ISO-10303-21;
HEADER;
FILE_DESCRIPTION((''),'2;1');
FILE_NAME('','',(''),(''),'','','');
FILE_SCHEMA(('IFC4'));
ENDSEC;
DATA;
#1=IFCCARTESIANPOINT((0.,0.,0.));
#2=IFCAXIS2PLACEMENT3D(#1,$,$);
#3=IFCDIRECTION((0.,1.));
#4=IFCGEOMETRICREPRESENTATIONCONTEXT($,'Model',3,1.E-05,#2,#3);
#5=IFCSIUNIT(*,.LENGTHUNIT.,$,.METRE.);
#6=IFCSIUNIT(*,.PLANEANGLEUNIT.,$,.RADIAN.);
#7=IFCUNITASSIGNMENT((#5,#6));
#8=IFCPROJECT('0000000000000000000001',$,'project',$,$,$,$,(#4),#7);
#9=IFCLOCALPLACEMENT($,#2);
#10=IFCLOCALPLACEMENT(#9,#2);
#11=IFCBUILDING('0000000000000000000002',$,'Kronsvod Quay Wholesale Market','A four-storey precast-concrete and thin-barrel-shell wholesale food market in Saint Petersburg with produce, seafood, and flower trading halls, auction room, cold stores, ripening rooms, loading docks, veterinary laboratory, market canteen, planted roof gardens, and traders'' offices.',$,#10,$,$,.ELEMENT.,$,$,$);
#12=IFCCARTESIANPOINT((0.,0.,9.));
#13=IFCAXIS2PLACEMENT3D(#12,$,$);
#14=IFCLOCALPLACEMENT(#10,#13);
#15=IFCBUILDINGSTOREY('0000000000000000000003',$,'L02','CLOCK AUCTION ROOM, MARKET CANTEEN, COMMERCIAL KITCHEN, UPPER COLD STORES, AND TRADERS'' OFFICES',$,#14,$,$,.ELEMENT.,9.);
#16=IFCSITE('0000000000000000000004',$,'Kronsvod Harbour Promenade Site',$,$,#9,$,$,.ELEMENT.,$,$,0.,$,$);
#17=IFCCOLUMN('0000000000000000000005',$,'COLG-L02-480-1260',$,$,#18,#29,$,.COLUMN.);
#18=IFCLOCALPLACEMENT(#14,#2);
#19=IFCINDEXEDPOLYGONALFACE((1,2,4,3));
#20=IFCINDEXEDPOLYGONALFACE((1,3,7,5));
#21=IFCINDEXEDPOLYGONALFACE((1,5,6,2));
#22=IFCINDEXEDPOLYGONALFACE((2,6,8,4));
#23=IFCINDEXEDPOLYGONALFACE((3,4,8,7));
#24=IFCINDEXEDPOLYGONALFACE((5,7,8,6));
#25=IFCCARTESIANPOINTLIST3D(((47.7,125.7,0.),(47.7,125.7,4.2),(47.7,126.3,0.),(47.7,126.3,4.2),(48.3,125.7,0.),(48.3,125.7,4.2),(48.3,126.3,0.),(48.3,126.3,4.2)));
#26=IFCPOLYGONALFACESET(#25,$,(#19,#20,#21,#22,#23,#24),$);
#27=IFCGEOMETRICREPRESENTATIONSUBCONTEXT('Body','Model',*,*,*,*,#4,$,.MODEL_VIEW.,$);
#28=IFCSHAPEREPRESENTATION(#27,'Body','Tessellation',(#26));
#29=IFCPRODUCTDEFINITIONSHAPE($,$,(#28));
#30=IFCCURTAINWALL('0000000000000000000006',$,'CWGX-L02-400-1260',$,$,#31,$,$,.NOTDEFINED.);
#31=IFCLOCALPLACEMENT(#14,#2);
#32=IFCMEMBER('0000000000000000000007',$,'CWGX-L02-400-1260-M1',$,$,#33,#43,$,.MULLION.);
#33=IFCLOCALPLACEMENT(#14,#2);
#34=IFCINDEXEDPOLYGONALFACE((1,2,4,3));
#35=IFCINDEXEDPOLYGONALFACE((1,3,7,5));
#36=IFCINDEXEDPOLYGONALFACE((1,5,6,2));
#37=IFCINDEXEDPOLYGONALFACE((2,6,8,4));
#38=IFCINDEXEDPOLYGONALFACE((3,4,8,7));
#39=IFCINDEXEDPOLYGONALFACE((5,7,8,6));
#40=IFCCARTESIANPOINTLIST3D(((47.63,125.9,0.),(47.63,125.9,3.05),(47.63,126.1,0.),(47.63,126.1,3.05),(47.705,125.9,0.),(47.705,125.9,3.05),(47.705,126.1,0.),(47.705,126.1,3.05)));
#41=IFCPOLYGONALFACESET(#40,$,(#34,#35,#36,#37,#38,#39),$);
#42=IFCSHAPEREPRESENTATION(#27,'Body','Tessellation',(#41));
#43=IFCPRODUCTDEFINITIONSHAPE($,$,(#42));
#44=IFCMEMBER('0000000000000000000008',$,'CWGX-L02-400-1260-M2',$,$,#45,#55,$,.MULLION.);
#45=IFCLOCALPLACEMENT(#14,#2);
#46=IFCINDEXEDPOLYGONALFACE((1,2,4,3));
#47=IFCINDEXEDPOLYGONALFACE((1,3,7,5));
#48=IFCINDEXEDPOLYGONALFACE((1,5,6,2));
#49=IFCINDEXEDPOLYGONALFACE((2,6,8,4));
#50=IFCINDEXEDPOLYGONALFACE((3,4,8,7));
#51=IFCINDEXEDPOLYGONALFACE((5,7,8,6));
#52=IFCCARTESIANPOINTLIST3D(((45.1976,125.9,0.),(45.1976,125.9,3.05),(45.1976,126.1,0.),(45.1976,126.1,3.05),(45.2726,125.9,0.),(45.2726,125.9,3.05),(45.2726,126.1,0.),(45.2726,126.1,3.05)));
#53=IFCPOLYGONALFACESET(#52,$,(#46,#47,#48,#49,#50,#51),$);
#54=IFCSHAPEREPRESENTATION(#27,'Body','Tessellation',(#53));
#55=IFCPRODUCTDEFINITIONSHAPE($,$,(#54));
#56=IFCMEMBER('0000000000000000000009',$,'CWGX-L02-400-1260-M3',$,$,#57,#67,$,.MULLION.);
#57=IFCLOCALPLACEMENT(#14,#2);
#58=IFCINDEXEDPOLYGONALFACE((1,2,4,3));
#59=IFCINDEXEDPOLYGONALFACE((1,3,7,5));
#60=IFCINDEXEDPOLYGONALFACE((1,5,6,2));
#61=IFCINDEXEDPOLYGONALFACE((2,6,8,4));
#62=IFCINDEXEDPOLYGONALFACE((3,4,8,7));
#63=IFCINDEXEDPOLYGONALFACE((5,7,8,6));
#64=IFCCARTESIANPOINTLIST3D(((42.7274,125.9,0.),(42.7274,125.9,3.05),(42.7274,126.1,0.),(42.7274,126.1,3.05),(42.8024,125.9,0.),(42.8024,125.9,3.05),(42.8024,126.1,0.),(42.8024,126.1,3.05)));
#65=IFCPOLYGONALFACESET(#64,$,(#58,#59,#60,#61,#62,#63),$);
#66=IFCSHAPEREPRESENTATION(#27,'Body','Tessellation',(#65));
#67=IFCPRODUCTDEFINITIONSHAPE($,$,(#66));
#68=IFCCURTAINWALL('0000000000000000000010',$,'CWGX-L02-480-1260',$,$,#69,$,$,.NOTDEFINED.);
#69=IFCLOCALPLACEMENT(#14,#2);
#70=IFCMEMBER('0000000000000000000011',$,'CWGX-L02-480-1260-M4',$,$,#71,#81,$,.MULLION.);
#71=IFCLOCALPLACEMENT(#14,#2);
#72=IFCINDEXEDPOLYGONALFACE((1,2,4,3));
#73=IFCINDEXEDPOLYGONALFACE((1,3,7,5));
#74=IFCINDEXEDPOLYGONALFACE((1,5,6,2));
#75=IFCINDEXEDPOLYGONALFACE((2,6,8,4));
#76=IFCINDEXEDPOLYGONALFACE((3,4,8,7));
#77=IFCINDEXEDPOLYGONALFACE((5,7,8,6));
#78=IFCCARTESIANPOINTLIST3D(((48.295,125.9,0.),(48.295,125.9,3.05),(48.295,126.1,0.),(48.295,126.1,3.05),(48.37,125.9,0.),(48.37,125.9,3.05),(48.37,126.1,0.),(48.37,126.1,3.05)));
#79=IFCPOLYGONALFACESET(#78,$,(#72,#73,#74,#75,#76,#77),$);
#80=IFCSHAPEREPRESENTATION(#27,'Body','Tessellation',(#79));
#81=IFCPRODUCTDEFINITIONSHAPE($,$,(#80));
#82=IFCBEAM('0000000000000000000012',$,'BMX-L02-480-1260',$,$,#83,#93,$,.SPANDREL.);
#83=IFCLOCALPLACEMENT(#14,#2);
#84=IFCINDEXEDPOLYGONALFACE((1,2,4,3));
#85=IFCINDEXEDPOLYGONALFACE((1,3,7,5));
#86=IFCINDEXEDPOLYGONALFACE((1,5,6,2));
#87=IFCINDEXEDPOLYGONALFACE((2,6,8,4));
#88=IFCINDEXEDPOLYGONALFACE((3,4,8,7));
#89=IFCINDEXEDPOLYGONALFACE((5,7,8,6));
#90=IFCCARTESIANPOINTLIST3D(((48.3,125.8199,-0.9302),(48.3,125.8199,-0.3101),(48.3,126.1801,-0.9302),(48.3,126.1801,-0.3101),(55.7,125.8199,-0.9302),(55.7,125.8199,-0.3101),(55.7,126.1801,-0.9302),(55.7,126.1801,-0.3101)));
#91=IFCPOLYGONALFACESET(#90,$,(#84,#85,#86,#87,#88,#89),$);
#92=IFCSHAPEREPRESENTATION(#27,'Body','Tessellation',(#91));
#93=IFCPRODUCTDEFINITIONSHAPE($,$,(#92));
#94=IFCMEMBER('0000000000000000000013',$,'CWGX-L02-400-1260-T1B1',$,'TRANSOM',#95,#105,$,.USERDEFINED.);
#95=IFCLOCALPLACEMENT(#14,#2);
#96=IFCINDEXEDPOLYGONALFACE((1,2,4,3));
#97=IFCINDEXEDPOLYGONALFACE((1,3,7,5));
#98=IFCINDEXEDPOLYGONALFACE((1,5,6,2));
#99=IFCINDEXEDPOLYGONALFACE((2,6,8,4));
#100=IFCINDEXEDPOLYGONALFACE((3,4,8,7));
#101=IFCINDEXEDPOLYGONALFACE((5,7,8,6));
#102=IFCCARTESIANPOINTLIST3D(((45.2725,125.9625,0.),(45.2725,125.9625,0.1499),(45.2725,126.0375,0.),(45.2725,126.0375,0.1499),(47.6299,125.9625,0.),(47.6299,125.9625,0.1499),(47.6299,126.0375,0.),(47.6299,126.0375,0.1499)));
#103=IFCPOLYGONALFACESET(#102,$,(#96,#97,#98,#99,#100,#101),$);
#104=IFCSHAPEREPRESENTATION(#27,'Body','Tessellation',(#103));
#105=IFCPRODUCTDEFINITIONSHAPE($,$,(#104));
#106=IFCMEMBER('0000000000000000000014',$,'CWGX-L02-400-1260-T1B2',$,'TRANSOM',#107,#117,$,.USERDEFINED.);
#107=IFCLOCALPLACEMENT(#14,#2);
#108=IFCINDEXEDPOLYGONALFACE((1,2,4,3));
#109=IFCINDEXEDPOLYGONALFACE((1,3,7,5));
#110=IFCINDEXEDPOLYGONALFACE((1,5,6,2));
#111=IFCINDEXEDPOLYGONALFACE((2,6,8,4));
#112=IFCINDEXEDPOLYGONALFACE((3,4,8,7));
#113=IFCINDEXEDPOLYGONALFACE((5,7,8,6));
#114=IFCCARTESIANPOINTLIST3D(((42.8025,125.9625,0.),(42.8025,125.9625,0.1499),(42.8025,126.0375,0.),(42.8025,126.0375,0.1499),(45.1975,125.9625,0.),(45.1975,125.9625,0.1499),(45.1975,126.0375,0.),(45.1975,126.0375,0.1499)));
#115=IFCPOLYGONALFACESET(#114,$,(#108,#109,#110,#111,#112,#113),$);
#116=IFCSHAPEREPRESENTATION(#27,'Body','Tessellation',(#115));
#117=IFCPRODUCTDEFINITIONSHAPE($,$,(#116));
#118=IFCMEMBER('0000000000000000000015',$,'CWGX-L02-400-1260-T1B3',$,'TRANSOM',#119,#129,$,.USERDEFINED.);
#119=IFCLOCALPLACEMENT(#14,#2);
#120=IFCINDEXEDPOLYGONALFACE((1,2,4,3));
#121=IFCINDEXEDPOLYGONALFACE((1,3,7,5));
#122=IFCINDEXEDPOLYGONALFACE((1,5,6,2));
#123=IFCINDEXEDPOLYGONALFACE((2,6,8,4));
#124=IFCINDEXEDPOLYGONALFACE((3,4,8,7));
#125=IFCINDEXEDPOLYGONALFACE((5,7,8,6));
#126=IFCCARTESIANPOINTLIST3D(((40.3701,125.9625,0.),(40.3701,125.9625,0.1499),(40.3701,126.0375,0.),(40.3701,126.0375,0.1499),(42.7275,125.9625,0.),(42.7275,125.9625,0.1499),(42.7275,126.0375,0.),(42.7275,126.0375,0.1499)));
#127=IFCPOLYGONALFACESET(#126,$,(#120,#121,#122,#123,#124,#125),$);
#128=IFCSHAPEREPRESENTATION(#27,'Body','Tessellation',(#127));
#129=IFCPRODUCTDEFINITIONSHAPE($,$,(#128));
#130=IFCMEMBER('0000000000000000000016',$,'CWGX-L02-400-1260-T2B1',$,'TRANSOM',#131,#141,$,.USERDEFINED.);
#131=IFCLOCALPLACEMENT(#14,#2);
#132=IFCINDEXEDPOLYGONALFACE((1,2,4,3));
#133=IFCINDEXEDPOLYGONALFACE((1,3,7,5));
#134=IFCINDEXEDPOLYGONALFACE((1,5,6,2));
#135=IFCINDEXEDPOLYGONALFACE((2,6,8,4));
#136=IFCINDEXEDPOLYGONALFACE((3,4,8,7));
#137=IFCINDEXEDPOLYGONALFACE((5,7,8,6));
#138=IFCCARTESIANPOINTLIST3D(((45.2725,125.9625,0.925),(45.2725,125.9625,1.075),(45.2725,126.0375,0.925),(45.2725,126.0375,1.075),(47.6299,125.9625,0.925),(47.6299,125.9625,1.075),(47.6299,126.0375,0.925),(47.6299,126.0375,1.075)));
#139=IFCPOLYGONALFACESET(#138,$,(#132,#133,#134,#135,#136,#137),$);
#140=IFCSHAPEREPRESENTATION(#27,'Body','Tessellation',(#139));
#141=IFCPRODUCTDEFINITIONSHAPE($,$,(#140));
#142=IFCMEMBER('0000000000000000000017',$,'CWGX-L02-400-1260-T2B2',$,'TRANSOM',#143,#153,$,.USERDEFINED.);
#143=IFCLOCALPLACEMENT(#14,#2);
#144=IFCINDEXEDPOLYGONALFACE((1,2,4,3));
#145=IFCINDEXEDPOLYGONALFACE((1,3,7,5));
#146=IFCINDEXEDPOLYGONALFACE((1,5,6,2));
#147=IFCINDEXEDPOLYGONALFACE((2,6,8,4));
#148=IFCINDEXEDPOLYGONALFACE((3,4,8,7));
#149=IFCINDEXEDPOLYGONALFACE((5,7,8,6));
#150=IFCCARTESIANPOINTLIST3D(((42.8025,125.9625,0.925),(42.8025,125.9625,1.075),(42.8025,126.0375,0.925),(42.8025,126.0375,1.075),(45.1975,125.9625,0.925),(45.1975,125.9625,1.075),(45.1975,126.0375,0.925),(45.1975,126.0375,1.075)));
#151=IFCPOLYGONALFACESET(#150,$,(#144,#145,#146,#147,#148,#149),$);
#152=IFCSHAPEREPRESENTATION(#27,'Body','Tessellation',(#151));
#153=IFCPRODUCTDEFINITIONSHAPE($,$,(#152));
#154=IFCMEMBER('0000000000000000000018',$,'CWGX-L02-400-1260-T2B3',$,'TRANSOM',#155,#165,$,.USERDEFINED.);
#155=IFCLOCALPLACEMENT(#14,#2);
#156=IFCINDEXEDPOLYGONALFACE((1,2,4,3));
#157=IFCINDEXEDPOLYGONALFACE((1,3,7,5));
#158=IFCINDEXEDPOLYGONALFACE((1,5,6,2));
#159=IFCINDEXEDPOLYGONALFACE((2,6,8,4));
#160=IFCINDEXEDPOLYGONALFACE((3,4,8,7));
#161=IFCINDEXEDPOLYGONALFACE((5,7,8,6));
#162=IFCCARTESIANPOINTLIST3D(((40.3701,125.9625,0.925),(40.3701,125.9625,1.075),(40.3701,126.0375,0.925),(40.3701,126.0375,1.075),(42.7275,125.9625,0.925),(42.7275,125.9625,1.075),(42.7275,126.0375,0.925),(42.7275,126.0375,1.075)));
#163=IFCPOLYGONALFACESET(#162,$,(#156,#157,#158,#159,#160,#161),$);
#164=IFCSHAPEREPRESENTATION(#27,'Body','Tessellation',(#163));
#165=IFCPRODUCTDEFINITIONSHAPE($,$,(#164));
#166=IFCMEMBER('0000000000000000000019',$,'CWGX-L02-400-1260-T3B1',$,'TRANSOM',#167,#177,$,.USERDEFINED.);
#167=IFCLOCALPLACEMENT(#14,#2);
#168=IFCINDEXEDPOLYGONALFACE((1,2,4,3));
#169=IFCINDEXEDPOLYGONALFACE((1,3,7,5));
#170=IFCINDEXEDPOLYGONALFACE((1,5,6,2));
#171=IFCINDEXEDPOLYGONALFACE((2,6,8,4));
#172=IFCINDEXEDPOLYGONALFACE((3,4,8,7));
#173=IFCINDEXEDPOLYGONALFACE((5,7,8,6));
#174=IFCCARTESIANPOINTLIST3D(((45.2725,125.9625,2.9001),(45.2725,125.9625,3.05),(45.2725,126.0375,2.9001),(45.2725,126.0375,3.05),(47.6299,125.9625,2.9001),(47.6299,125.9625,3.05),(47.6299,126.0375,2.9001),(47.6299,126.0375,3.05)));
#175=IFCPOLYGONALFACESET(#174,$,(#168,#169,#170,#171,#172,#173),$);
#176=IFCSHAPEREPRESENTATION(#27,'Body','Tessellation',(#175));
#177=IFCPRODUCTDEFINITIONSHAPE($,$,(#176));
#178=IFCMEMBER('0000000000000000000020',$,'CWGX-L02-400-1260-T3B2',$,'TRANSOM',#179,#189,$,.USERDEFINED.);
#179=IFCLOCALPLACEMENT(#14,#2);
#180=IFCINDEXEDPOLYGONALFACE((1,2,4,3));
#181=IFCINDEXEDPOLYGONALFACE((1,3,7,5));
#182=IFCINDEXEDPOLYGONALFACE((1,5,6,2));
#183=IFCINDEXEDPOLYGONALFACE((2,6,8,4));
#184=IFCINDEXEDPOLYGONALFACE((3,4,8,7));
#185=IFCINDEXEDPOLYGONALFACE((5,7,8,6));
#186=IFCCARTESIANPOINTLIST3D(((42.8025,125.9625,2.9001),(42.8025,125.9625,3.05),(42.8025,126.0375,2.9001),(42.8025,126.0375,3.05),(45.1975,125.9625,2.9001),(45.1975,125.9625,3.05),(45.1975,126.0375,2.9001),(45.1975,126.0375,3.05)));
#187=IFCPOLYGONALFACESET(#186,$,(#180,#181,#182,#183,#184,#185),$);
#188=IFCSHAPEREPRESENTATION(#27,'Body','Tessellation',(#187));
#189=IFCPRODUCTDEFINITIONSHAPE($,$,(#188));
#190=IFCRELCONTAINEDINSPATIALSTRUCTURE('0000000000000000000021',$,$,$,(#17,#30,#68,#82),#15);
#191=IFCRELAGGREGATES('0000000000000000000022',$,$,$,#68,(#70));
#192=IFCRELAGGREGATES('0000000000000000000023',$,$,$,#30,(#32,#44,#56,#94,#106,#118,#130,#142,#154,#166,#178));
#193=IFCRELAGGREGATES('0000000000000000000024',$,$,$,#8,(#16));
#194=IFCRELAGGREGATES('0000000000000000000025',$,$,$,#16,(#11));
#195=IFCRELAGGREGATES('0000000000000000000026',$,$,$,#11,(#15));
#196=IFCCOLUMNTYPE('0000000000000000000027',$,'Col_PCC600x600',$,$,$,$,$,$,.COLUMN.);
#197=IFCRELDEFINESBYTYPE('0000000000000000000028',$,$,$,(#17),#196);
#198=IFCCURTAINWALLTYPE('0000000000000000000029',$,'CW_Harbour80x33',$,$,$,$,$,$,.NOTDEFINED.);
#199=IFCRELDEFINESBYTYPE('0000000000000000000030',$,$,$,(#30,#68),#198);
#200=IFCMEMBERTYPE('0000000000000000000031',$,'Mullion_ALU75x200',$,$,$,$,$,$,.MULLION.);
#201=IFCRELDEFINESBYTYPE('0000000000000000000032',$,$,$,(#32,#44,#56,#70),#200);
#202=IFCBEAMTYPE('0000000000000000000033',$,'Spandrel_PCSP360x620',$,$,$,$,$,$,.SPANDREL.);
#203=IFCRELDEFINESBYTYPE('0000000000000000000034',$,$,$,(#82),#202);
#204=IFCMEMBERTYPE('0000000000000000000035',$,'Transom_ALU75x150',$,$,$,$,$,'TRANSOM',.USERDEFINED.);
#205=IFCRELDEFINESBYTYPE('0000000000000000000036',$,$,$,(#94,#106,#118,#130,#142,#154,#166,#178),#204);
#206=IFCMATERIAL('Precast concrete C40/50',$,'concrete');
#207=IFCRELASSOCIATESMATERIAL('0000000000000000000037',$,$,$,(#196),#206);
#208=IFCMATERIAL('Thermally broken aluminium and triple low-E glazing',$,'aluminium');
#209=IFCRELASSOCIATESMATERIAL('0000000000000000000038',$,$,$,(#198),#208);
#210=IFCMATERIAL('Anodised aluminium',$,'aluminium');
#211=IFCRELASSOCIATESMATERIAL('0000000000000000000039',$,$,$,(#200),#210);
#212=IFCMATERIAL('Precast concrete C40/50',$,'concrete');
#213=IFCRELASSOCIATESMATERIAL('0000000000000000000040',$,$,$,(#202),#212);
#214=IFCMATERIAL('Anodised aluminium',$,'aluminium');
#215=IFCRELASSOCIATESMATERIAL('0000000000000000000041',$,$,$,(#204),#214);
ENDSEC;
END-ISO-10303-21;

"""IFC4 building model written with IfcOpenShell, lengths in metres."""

from ifc_helpers import new_model, si_unit, direction, frame, origin, origin_2d, place, context, subcontext, project, spatial, rectangle, extrude, material, material_profile, profile_set, type_object, element, aggregate, save


model = new_model("IFC4")

# Units and contexts
model_context = context("Model", 3, precision=1e-05, world=origin(), true_north=direction((0.0, 1.0)))
body_context = subcontext(model_context, "Body", "Model", "MODEL_VIEW")
ifc_project = project(units=[si_unit("LENGTHUNIT", "METRE"), si_unit("PLANEANGLEUNIT", "RADIAN")], contexts=[model_context])

# Site, building, storey
site_placement = place(None, origin())
site = spatial("IfcSite", under=ifc_project, at=site_placement, Name="Kronsvod Harbour Promenade Site", CompositionType="ELEMENT", RefElevation=0.0)
building_placement = place(site_placement, origin())
building = spatial("IfcBuilding", under=site, at=building_placement, Name="Kronsvod Quay Wholesale Market", Description="A four-storey precast-concrete and thin-barrel-shell wholesale food market in Saint Petersburg with produce, seafood, and flower trading halls, auction room, cold stores, ripening rooms, loading docks, veterinary laboratory, market canteen, planted roof gardens, and traders' offices.", CompositionType="ELEMENT")
storey_placement = place(building_placement, frame((0.0, 0.0, 9.0)))
storey = spatial("IfcBuildingStorey", under=building, at=storey_placement, Name="L02", Description="CLOCK AUCTION ROOM, MARKET CANTEEN, COMMERCIAL KITCHEN, UPPER COLD STORES, AND TRADERS' OFFICES", CompositionType="ELEMENT", Elevation=9.0)

# Column
ifc_material_1 = material(Name="Precast concrete C40/50", Category="concrete")
ifc_material_profile_1 = material_profile(ifc_material_1, rectangle(XDim=0.6001, YDim=0.6001, at=origin_2d()), Name="PCC600x600")
ifc_profile_set_1 = profile_set([ifc_material_profile_1], Name="Precast concrete C40/50")
column_type = type_object("IfcColumnType", Name="Col_PCC600x600", PredefinedType="COLUMN", material=ifc_profile_set_1)
column_placement = place(storey_placement, frame((48.0, 126.0, 0.0), z_axis=(0.0, 0.0, 1.0), x_axis=(1.0, 0.0, 0.0)))
element("IfcColumn", 1, at=column_placement, inside=storey, type_object=column_type, Name="COLG-L02-480-1260", PredefinedType="COLUMN", context=body_context, shape_type="SweptSolid", body=[
    extrude(rectangle(XDim=0.6001, YDim=0.6001, at=origin_2d()), origin(), (0.0, 0.0, 1.0), 4.2),
])

# Curtain wall, members
ifc_material_2 = material(Name="Thermally broken aluminium and triple low-E glazing", Category="aluminium")
curtain_wall_type = type_object("IfcCurtainWallType", Name="CW_Harbour80x33", PredefinedType="NOTDEFINED", material=ifc_material_2)
curtain_wall_1_placement = place(storey_placement, origin())
curtain_wall_1 = element("IfcCurtainWall", 2, at=curtain_wall_1_placement, inside=storey, type_object=curtain_wall_type, Name="CWGX-L02-400-1260", PredefinedType="NOTDEFINED")
ifc_material_3 = material(Name="Anodised aluminium", Category="aluminium")
ifc_material_profile_2 = material_profile(ifc_material_3, rectangle(XDim=0.075, YDim=0.2, at=origin_2d()), Name="ALUM75x200")
ifc_profile_set_2 = profile_set([ifc_material_profile_2], Name="Anodised aluminium")
member_type_1 = type_object("IfcMemberType", Name="Mullion_ALU75x200", PredefinedType="MULLION", material=ifc_profile_set_2)
member_1_placement = place(storey_placement, frame((47.6675, 126.0, 0.0), z_axis=(0.0, 0.0, 1.0), x_axis=(1.0, 0.0, 0.0)))
member_1 = element("IfcMember", 3, at=member_1_placement, type_object=member_type_1, Name="CWGX-L02-400-1260-M1", PredefinedType="MULLION", context=body_context, shape_type="SweptSolid", body=[
    extrude(rectangle(XDim=0.075, YDim=0.2, at=origin_2d()), origin(), (0.0, 0.0, 1.0), 3.05),
])
member_2_placement = place(storey_placement, frame((45.2351, 126.0, 0.0), z_axis=(0.0, 0.0, 1.0), x_axis=(1.0, 0.0, 0.0)))
member_2 = element("IfcMember", 4, at=member_2_placement, type_object=member_type_1, Name="CWGX-L02-400-1260-M2", PredefinedType="MULLION", context=body_context, shape_type="SweptSolid", body=[
    extrude(rectangle(XDim=0.075, YDim=0.2, at=origin_2d()), origin(), (0.0, 0.0, 1.0), 3.05),
])
member_3_placement = place(storey_placement, frame((42.7649, 126.0, 0.0), z_axis=(0.0, 0.0, 1.0), x_axis=(1.0, 0.0, 0.0)))
member_3 = element("IfcMember", 5, at=member_3_placement, type_object=member_type_1, Name="CWGX-L02-400-1260-M3", PredefinedType="MULLION", context=body_context, shape_type="SweptSolid", body=[
    extrude(rectangle(XDim=0.075, YDim=0.2, at=origin_2d()), origin(), (0.0, 0.0, 1.0), 3.05),
])

# Curtain wall, member
curtain_wall_2_placement = place(storey_placement, origin())
curtain_wall_2 = element("IfcCurtainWall", 6, at=curtain_wall_2_placement, inside=storey, type_object=curtain_wall_type, Name="CWGX-L02-480-1260", PredefinedType="NOTDEFINED")
member_4_placement = place(storey_placement, frame((48.3325, 126.0, 0.0), z_axis=(0.0, 0.0, 1.0), x_axis=(1.0, 0.0, 0.0)))
member_4 = element("IfcMember", 7, at=member_4_placement, type_object=member_type_1, Name="CWGX-L02-480-1260-M4", PredefinedType="MULLION", context=body_context, shape_type="SweptSolid", body=[
    extrude(rectangle(XDim=0.075, YDim=0.2, at=origin_2d()), origin(), (0.0, 0.0, 1.0), 3.05),
])
aggregate(curtain_wall_2, [member_4])

# Beam
ifc_material_4 = material(Name="Precast concrete C40/50", Category="concrete")
ifc_material_profile_3 = material_profile(ifc_material_4, rectangle(XDim=0.3601, YDim=0.6201, at=origin_2d()), Name="SPB-02")
ifc_profile_set_3 = profile_set([ifc_material_profile_3], Name="Precast concrete C40/50")
beam_type = type_object("IfcBeamType", Name="Spandrel_PCSP360x620", PredefinedType="SPANDREL", material=ifc_profile_set_3)
beam_placement = place(storey_placement, frame((48.3, 126.0, -0.6201), z_axis=(1.0, 0.0, 0.0), x_axis=(0.0, 1.0, 0.0)))
element("IfcBeam", 8, at=beam_placement, inside=storey, type_object=beam_type, Name="BMX-L02-480-1260", PredefinedType="SPANDREL", context=body_context, shape_type="SweptSolid", body=[
    extrude(rectangle(XDim=0.3601, YDim=0.6201, at=origin_2d()), origin(), (0.0, 0.0, 1.0), 7.3999),
])

# Members
ifc_material_5 = material(Name="Anodised aluminium", Category="aluminium")
ifc_material_profile_4 = material_profile(ifc_material_5, rectangle(XDim=0.075, YDim=0.1499, at=origin_2d()), Name="ALUT75x150")
ifc_profile_set_4 = profile_set([ifc_material_profile_4], Name="Anodised aluminium")
member_type_2 = type_object("IfcMemberType", Name="Transom_ALU75x150", ElementType="TRANSOM", PredefinedType="USERDEFINED", material=ifc_profile_set_4)
member_5_placement = place(storey_placement, frame((47.6299, 126.0, 0.075), z_axis=(-1.0, 0.0, 0.0), x_axis=(0.0, -1.0, 0.0)))
member_5 = element("IfcMember", 9, at=member_5_placement, type_object=member_type_2, Name="CWGX-L02-400-1260-T1B1", ObjectType="TRANSOM", PredefinedType="USERDEFINED", context=body_context, shape_type="SweptSolid", body=[
    extrude(rectangle(XDim=0.075, YDim=0.1499, at=origin_2d()), origin(), (0.0, 0.0, 1.0), 2.3574),
])
member_6_placement = place(storey_placement, frame((45.1975, 126.0, 0.075), z_axis=(-1.0, 0.0, 0.0), x_axis=(0.0, -1.0, 0.0)))
member_6 = element("IfcMember", 10, at=member_6_placement, type_object=member_type_2, Name="CWGX-L02-400-1260-T1B2", ObjectType="TRANSOM", PredefinedType="USERDEFINED", context=body_context, shape_type="SweptSolid", body=[
    extrude(rectangle(XDim=0.075, YDim=0.1499, at=origin_2d()), origin(), (0.0, 0.0, 1.0), 2.395),
])
member_7_placement = place(storey_placement, frame((42.7275, 126.0, 0.075), z_axis=(-1.0, 0.0, 0.0), x_axis=(0.0, -1.0, 0.0)))
member_7 = element("IfcMember", 11, at=member_7_placement, type_object=member_type_2, Name="CWGX-L02-400-1260-T1B3", ObjectType="TRANSOM", PredefinedType="USERDEFINED", context=body_context, shape_type="SweptSolid", body=[
    extrude(rectangle(XDim=0.075, YDim=0.1499, at=origin_2d()), origin(), (0.0, 0.0, 1.0), 2.3574),
])
member_8_placement = place(storey_placement, frame((47.6299, 126.0, 1.0), z_axis=(-1.0, 0.0, 0.0), x_axis=(0.0, -1.0, 0.0)))
member_8 = element("IfcMember", 12, at=member_8_placement, type_object=member_type_2, Name="CWGX-L02-400-1260-T2B1", ObjectType="TRANSOM", PredefinedType="USERDEFINED", context=body_context, shape_type="SweptSolid", body=[
    extrude(rectangle(XDim=0.075, YDim=0.1499, at=origin_2d()), origin(), (0.0, 0.0, 1.0), 2.3574),
])
member_9_placement = place(storey_placement, frame((45.1975, 126.0, 1.0), z_axis=(-1.0, 0.0, 0.0), x_axis=(0.0, -1.0, 0.0)))
member_9 = element("IfcMember", 13, at=member_9_placement, type_object=member_type_2, Name="CWGX-L02-400-1260-T2B2", ObjectType="TRANSOM", PredefinedType="USERDEFINED", context=body_context, shape_type="SweptSolid", body=[
    extrude(rectangle(XDim=0.075, YDim=0.1499, at=origin_2d()), origin(), (0.0, 0.0, 1.0), 2.395),
])
member_10_placement = place(storey_placement, frame((42.7275, 126.0, 1.0), z_axis=(-1.0, 0.0, 0.0), x_axis=(0.0, -1.0, 0.0)))
member_10 = element("IfcMember", 14, at=member_10_placement, type_object=member_type_2, Name="CWGX-L02-400-1260-T2B3", ObjectType="TRANSOM", PredefinedType="USERDEFINED", context=body_context, shape_type="SweptSolid", body=[
    extrude(rectangle(XDim=0.075, YDim=0.1499, at=origin_2d()), origin(), (0.0, 0.0, 1.0), 2.3574),
])
member_11_placement = place(storey_placement, frame((47.6299, 126.0, 2.9751), z_axis=(-1.0, 0.0, 0.0), x_axis=(0.0, -1.0, 0.0)))
member_11 = element("IfcMember", 15, at=member_11_placement, type_object=member_type_2, Name="CWGX-L02-400-1260-T3B1", ObjectType="TRANSOM", PredefinedType="USERDEFINED", context=body_context, shape_type="SweptSolid", body=[
    extrude(rectangle(XDim=0.075, YDim=0.1499, at=origin_2d()), origin(), (0.0, 0.0, 1.0), 2.3574),
])
member_12_placement = place(storey_placement, frame((45.1975, 126.0, 2.9751), z_axis=(-1.0, 0.0, 0.0), x_axis=(0.0, -1.0, 0.0)))
member_12 = element("IfcMember", 16, at=member_12_placement, type_object=member_type_2, Name="CWGX-L02-400-1260-T3B2", ObjectType="TRANSOM", PredefinedType="USERDEFINED", context=body_context, shape_type="SweptSolid", body=[
    extrude(rectangle(XDim=0.075, YDim=0.1499, at=origin_2d()), origin(), (0.0, 0.0, 1.0), 2.395),
])

aggregate(curtain_wall_1, [member_1, member_2, member_3, member_5, member_6, member_7, member_8, member_9, member_10, member_11, member_12])

save(model, "model.ifc")
